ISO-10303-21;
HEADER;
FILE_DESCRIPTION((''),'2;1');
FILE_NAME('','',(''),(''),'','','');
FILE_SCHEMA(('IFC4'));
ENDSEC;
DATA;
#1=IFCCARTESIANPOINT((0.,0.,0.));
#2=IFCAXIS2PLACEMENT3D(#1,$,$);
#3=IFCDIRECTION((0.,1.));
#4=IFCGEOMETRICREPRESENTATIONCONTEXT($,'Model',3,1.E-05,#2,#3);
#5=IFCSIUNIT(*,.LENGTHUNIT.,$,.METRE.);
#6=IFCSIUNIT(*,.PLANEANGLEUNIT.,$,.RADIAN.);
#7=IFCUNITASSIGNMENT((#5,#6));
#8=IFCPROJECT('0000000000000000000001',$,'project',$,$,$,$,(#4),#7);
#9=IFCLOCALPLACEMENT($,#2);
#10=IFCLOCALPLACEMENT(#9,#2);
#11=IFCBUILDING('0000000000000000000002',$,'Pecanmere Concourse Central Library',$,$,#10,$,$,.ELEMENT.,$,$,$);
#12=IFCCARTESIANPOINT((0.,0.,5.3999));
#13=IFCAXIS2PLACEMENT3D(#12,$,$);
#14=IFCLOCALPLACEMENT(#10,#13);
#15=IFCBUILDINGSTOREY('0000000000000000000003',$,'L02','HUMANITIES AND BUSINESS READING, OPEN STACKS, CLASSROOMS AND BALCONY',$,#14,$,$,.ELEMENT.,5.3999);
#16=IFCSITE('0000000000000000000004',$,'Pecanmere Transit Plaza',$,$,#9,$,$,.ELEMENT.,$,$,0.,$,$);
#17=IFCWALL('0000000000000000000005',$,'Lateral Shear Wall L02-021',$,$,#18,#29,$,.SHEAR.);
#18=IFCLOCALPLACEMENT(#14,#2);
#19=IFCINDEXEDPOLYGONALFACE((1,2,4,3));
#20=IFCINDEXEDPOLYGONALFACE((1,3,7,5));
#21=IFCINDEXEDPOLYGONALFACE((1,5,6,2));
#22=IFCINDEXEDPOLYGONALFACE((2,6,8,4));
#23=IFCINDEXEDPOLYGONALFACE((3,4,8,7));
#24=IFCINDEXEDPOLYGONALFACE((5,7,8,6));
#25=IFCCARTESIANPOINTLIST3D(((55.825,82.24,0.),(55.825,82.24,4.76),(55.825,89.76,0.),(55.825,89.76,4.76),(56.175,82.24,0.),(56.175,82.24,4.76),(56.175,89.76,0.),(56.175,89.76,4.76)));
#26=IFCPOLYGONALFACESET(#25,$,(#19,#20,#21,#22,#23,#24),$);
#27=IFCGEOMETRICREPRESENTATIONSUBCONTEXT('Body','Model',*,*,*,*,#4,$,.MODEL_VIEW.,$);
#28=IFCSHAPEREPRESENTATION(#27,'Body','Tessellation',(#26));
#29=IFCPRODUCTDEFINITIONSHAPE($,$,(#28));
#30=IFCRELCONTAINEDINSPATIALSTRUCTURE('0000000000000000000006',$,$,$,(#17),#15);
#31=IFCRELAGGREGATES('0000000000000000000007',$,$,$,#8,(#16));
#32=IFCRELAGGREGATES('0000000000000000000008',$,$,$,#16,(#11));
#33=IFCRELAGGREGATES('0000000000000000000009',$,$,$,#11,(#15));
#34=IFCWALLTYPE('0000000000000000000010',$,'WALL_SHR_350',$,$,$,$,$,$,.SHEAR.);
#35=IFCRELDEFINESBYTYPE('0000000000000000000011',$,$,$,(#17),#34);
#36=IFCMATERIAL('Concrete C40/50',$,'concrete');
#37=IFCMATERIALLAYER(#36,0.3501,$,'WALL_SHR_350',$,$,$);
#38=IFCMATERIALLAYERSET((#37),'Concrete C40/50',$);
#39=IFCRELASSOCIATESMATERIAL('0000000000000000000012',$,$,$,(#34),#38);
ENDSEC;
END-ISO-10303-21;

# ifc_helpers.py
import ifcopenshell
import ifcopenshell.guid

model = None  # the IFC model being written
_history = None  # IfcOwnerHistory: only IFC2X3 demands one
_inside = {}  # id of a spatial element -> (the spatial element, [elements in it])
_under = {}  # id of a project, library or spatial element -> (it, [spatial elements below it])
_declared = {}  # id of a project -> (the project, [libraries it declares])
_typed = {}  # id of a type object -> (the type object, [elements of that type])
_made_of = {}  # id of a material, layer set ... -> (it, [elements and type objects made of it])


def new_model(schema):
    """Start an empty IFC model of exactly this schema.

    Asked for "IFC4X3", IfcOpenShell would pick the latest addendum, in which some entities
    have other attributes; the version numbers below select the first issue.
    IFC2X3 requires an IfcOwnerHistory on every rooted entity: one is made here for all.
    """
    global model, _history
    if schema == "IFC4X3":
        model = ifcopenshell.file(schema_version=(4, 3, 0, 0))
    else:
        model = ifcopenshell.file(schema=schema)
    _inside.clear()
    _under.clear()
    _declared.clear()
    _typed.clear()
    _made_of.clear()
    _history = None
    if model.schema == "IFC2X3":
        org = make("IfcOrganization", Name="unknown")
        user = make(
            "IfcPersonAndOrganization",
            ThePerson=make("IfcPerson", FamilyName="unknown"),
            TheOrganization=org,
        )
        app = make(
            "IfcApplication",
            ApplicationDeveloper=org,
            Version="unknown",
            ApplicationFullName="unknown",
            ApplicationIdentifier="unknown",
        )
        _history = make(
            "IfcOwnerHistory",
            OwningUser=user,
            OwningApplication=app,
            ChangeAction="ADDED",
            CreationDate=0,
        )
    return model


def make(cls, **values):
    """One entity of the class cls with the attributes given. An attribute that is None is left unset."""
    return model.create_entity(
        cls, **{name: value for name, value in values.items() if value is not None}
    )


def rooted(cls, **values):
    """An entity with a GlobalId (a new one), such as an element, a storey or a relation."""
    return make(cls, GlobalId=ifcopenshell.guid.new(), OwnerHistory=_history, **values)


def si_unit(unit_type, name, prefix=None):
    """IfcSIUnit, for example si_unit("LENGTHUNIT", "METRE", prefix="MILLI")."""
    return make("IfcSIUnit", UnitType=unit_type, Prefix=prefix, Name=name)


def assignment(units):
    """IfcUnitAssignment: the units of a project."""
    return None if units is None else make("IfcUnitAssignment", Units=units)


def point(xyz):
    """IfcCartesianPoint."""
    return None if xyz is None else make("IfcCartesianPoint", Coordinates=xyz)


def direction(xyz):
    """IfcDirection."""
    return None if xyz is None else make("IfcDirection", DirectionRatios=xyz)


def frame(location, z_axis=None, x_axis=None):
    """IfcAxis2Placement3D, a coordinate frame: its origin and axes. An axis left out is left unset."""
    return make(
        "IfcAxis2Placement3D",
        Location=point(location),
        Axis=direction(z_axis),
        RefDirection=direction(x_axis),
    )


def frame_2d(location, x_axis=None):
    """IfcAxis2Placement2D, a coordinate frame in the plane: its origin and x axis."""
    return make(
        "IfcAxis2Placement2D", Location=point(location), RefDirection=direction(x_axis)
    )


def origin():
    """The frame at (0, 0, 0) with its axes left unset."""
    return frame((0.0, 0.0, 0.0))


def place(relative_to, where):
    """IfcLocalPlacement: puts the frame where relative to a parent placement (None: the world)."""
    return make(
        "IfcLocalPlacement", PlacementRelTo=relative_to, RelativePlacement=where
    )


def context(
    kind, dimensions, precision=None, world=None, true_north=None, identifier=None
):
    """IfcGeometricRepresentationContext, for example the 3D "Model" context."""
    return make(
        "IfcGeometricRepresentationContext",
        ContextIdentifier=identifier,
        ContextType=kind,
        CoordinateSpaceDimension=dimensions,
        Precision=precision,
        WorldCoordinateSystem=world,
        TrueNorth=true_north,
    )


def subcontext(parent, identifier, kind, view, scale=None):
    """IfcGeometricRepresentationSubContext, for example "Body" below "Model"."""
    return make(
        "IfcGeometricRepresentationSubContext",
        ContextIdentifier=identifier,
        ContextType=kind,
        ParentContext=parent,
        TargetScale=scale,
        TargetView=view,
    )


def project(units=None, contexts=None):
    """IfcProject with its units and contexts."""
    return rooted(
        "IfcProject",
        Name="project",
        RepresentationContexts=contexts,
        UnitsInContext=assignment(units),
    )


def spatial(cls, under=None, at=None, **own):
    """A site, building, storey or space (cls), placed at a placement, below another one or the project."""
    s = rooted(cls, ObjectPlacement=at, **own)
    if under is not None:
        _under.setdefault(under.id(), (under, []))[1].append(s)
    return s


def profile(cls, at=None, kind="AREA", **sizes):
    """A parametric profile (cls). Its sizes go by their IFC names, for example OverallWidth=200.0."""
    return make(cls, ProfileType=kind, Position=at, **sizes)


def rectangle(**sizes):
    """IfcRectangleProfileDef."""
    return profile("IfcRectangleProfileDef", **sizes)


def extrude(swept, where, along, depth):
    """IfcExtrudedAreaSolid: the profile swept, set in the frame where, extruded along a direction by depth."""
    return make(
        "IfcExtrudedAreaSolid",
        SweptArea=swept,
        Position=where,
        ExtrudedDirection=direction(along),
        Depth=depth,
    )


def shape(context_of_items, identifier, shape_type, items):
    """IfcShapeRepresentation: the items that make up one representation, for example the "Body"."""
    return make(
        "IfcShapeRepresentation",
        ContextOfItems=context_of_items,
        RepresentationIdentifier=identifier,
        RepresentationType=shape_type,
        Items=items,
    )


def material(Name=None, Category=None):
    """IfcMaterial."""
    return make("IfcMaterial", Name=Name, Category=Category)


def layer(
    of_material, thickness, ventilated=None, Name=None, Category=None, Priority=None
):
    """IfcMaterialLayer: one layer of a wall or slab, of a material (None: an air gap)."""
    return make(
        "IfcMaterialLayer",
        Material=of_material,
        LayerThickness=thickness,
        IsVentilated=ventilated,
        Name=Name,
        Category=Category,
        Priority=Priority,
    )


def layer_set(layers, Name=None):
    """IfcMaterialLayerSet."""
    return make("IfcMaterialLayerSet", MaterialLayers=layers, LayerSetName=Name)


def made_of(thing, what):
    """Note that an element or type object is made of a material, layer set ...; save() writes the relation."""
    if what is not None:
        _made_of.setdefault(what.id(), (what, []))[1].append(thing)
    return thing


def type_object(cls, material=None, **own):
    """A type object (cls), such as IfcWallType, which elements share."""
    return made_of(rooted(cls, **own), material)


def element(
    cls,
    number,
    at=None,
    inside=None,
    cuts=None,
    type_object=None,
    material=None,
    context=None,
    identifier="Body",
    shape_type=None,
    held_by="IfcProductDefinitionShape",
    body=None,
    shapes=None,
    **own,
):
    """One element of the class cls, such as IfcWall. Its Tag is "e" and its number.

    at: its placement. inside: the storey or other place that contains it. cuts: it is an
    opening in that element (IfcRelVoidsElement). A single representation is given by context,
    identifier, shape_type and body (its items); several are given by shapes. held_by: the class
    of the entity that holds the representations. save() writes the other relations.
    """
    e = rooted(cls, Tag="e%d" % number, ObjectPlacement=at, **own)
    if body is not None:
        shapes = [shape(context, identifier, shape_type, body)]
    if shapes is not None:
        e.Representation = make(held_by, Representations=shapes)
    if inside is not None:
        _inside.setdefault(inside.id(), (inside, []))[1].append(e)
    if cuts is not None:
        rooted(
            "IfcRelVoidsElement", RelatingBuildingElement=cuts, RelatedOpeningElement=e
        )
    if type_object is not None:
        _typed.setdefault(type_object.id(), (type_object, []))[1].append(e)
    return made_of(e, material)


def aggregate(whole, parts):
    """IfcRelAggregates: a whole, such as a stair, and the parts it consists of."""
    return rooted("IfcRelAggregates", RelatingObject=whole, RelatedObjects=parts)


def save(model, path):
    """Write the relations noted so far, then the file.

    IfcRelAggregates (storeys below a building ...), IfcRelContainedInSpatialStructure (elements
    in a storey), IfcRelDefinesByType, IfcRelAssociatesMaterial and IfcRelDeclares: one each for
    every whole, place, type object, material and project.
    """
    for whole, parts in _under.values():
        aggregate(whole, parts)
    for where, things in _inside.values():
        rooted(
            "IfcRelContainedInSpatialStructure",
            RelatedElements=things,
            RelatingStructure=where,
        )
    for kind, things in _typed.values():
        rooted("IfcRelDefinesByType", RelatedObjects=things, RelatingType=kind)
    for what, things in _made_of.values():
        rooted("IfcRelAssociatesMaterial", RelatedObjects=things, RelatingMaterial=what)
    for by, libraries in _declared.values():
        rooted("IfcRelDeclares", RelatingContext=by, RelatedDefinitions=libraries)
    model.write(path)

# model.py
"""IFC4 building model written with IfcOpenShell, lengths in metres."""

from ifc_helpers import new_model, si_unit, direction, frame, frame_2d, origin, place, context, subcontext, project, spatial, rectangle, extrude, material, layer, layer_set, type_object, element, save


model = new_model("IFC4")

# Units and contexts
model_context = context("Model", 3, precision=1e-05, world=origin(), true_north=direction((0.0, 1.0)))
body_context = subcontext(model_context, "Body", "Model", "MODEL_VIEW")
ifc_project = project(units=[si_unit("LENGTHUNIT", "METRE"), si_unit("PLANEANGLEUNIT", "RADIAN")], contexts=[model_context])

# Site, building, storey
site_placement = place(None, origin())
site = spatial("IfcSite", under=ifc_project, at=site_placement, Name="Pecanmere Transit Plaza", CompositionType="ELEMENT", RefElevation=0.0)
building_placement = place(site_placement, origin())
building = spatial("IfcBuilding", under=site, at=building_placement, Name="Pecanmere Concourse Central Library", CompositionType="ELEMENT")
storey_placement = place(building_placement, frame((0.0, 0.0, 5.3999)))
storey = spatial("IfcBuildingStorey", under=building, at=storey_placement, Name="L02", Description="HUMANITIES AND BUSINESS READING, OPEN STACKS, CLASSROOMS AND BALCONY", CompositionType="ELEMENT", Elevation=5.3999)

# Wall
ifc_material_1 = material(Name="Concrete C40/50", Category="concrete")
ifc_layer_1 = layer(ifc_material_1, 0.3501, Name="WALL_SHR_350")
ifc_layer_set_1 = layer_set([ifc_layer_1], Name="Concrete C40/50")
wall_type_1 = type_object("IfcWallType", Name="WALL_SHR_350", PredefinedType="SHEAR", material=ifc_layer_set_1)
wall_1_placement = place(storey_placement, frame((56.0, 82.24, 0.0), z_axis=(0.0, 0.0, 1.0), x_axis=(0.0, 1.0, 0.0)))
element("IfcWall", 1, at=wall_1_placement, inside=storey, type_object=wall_type_1, Name="Lateral Shear Wall L02-021", PredefinedType="SHEAR", context=body_context, shape_type="SweptSolid", body=[
    extrude(rectangle(XDim=7.52, YDim=0.3501, at=frame_2d((3.76, 0.0))), origin(), (0.0, 0.0, 1.0), 4.76),
])

save(model, "model.ifc")
